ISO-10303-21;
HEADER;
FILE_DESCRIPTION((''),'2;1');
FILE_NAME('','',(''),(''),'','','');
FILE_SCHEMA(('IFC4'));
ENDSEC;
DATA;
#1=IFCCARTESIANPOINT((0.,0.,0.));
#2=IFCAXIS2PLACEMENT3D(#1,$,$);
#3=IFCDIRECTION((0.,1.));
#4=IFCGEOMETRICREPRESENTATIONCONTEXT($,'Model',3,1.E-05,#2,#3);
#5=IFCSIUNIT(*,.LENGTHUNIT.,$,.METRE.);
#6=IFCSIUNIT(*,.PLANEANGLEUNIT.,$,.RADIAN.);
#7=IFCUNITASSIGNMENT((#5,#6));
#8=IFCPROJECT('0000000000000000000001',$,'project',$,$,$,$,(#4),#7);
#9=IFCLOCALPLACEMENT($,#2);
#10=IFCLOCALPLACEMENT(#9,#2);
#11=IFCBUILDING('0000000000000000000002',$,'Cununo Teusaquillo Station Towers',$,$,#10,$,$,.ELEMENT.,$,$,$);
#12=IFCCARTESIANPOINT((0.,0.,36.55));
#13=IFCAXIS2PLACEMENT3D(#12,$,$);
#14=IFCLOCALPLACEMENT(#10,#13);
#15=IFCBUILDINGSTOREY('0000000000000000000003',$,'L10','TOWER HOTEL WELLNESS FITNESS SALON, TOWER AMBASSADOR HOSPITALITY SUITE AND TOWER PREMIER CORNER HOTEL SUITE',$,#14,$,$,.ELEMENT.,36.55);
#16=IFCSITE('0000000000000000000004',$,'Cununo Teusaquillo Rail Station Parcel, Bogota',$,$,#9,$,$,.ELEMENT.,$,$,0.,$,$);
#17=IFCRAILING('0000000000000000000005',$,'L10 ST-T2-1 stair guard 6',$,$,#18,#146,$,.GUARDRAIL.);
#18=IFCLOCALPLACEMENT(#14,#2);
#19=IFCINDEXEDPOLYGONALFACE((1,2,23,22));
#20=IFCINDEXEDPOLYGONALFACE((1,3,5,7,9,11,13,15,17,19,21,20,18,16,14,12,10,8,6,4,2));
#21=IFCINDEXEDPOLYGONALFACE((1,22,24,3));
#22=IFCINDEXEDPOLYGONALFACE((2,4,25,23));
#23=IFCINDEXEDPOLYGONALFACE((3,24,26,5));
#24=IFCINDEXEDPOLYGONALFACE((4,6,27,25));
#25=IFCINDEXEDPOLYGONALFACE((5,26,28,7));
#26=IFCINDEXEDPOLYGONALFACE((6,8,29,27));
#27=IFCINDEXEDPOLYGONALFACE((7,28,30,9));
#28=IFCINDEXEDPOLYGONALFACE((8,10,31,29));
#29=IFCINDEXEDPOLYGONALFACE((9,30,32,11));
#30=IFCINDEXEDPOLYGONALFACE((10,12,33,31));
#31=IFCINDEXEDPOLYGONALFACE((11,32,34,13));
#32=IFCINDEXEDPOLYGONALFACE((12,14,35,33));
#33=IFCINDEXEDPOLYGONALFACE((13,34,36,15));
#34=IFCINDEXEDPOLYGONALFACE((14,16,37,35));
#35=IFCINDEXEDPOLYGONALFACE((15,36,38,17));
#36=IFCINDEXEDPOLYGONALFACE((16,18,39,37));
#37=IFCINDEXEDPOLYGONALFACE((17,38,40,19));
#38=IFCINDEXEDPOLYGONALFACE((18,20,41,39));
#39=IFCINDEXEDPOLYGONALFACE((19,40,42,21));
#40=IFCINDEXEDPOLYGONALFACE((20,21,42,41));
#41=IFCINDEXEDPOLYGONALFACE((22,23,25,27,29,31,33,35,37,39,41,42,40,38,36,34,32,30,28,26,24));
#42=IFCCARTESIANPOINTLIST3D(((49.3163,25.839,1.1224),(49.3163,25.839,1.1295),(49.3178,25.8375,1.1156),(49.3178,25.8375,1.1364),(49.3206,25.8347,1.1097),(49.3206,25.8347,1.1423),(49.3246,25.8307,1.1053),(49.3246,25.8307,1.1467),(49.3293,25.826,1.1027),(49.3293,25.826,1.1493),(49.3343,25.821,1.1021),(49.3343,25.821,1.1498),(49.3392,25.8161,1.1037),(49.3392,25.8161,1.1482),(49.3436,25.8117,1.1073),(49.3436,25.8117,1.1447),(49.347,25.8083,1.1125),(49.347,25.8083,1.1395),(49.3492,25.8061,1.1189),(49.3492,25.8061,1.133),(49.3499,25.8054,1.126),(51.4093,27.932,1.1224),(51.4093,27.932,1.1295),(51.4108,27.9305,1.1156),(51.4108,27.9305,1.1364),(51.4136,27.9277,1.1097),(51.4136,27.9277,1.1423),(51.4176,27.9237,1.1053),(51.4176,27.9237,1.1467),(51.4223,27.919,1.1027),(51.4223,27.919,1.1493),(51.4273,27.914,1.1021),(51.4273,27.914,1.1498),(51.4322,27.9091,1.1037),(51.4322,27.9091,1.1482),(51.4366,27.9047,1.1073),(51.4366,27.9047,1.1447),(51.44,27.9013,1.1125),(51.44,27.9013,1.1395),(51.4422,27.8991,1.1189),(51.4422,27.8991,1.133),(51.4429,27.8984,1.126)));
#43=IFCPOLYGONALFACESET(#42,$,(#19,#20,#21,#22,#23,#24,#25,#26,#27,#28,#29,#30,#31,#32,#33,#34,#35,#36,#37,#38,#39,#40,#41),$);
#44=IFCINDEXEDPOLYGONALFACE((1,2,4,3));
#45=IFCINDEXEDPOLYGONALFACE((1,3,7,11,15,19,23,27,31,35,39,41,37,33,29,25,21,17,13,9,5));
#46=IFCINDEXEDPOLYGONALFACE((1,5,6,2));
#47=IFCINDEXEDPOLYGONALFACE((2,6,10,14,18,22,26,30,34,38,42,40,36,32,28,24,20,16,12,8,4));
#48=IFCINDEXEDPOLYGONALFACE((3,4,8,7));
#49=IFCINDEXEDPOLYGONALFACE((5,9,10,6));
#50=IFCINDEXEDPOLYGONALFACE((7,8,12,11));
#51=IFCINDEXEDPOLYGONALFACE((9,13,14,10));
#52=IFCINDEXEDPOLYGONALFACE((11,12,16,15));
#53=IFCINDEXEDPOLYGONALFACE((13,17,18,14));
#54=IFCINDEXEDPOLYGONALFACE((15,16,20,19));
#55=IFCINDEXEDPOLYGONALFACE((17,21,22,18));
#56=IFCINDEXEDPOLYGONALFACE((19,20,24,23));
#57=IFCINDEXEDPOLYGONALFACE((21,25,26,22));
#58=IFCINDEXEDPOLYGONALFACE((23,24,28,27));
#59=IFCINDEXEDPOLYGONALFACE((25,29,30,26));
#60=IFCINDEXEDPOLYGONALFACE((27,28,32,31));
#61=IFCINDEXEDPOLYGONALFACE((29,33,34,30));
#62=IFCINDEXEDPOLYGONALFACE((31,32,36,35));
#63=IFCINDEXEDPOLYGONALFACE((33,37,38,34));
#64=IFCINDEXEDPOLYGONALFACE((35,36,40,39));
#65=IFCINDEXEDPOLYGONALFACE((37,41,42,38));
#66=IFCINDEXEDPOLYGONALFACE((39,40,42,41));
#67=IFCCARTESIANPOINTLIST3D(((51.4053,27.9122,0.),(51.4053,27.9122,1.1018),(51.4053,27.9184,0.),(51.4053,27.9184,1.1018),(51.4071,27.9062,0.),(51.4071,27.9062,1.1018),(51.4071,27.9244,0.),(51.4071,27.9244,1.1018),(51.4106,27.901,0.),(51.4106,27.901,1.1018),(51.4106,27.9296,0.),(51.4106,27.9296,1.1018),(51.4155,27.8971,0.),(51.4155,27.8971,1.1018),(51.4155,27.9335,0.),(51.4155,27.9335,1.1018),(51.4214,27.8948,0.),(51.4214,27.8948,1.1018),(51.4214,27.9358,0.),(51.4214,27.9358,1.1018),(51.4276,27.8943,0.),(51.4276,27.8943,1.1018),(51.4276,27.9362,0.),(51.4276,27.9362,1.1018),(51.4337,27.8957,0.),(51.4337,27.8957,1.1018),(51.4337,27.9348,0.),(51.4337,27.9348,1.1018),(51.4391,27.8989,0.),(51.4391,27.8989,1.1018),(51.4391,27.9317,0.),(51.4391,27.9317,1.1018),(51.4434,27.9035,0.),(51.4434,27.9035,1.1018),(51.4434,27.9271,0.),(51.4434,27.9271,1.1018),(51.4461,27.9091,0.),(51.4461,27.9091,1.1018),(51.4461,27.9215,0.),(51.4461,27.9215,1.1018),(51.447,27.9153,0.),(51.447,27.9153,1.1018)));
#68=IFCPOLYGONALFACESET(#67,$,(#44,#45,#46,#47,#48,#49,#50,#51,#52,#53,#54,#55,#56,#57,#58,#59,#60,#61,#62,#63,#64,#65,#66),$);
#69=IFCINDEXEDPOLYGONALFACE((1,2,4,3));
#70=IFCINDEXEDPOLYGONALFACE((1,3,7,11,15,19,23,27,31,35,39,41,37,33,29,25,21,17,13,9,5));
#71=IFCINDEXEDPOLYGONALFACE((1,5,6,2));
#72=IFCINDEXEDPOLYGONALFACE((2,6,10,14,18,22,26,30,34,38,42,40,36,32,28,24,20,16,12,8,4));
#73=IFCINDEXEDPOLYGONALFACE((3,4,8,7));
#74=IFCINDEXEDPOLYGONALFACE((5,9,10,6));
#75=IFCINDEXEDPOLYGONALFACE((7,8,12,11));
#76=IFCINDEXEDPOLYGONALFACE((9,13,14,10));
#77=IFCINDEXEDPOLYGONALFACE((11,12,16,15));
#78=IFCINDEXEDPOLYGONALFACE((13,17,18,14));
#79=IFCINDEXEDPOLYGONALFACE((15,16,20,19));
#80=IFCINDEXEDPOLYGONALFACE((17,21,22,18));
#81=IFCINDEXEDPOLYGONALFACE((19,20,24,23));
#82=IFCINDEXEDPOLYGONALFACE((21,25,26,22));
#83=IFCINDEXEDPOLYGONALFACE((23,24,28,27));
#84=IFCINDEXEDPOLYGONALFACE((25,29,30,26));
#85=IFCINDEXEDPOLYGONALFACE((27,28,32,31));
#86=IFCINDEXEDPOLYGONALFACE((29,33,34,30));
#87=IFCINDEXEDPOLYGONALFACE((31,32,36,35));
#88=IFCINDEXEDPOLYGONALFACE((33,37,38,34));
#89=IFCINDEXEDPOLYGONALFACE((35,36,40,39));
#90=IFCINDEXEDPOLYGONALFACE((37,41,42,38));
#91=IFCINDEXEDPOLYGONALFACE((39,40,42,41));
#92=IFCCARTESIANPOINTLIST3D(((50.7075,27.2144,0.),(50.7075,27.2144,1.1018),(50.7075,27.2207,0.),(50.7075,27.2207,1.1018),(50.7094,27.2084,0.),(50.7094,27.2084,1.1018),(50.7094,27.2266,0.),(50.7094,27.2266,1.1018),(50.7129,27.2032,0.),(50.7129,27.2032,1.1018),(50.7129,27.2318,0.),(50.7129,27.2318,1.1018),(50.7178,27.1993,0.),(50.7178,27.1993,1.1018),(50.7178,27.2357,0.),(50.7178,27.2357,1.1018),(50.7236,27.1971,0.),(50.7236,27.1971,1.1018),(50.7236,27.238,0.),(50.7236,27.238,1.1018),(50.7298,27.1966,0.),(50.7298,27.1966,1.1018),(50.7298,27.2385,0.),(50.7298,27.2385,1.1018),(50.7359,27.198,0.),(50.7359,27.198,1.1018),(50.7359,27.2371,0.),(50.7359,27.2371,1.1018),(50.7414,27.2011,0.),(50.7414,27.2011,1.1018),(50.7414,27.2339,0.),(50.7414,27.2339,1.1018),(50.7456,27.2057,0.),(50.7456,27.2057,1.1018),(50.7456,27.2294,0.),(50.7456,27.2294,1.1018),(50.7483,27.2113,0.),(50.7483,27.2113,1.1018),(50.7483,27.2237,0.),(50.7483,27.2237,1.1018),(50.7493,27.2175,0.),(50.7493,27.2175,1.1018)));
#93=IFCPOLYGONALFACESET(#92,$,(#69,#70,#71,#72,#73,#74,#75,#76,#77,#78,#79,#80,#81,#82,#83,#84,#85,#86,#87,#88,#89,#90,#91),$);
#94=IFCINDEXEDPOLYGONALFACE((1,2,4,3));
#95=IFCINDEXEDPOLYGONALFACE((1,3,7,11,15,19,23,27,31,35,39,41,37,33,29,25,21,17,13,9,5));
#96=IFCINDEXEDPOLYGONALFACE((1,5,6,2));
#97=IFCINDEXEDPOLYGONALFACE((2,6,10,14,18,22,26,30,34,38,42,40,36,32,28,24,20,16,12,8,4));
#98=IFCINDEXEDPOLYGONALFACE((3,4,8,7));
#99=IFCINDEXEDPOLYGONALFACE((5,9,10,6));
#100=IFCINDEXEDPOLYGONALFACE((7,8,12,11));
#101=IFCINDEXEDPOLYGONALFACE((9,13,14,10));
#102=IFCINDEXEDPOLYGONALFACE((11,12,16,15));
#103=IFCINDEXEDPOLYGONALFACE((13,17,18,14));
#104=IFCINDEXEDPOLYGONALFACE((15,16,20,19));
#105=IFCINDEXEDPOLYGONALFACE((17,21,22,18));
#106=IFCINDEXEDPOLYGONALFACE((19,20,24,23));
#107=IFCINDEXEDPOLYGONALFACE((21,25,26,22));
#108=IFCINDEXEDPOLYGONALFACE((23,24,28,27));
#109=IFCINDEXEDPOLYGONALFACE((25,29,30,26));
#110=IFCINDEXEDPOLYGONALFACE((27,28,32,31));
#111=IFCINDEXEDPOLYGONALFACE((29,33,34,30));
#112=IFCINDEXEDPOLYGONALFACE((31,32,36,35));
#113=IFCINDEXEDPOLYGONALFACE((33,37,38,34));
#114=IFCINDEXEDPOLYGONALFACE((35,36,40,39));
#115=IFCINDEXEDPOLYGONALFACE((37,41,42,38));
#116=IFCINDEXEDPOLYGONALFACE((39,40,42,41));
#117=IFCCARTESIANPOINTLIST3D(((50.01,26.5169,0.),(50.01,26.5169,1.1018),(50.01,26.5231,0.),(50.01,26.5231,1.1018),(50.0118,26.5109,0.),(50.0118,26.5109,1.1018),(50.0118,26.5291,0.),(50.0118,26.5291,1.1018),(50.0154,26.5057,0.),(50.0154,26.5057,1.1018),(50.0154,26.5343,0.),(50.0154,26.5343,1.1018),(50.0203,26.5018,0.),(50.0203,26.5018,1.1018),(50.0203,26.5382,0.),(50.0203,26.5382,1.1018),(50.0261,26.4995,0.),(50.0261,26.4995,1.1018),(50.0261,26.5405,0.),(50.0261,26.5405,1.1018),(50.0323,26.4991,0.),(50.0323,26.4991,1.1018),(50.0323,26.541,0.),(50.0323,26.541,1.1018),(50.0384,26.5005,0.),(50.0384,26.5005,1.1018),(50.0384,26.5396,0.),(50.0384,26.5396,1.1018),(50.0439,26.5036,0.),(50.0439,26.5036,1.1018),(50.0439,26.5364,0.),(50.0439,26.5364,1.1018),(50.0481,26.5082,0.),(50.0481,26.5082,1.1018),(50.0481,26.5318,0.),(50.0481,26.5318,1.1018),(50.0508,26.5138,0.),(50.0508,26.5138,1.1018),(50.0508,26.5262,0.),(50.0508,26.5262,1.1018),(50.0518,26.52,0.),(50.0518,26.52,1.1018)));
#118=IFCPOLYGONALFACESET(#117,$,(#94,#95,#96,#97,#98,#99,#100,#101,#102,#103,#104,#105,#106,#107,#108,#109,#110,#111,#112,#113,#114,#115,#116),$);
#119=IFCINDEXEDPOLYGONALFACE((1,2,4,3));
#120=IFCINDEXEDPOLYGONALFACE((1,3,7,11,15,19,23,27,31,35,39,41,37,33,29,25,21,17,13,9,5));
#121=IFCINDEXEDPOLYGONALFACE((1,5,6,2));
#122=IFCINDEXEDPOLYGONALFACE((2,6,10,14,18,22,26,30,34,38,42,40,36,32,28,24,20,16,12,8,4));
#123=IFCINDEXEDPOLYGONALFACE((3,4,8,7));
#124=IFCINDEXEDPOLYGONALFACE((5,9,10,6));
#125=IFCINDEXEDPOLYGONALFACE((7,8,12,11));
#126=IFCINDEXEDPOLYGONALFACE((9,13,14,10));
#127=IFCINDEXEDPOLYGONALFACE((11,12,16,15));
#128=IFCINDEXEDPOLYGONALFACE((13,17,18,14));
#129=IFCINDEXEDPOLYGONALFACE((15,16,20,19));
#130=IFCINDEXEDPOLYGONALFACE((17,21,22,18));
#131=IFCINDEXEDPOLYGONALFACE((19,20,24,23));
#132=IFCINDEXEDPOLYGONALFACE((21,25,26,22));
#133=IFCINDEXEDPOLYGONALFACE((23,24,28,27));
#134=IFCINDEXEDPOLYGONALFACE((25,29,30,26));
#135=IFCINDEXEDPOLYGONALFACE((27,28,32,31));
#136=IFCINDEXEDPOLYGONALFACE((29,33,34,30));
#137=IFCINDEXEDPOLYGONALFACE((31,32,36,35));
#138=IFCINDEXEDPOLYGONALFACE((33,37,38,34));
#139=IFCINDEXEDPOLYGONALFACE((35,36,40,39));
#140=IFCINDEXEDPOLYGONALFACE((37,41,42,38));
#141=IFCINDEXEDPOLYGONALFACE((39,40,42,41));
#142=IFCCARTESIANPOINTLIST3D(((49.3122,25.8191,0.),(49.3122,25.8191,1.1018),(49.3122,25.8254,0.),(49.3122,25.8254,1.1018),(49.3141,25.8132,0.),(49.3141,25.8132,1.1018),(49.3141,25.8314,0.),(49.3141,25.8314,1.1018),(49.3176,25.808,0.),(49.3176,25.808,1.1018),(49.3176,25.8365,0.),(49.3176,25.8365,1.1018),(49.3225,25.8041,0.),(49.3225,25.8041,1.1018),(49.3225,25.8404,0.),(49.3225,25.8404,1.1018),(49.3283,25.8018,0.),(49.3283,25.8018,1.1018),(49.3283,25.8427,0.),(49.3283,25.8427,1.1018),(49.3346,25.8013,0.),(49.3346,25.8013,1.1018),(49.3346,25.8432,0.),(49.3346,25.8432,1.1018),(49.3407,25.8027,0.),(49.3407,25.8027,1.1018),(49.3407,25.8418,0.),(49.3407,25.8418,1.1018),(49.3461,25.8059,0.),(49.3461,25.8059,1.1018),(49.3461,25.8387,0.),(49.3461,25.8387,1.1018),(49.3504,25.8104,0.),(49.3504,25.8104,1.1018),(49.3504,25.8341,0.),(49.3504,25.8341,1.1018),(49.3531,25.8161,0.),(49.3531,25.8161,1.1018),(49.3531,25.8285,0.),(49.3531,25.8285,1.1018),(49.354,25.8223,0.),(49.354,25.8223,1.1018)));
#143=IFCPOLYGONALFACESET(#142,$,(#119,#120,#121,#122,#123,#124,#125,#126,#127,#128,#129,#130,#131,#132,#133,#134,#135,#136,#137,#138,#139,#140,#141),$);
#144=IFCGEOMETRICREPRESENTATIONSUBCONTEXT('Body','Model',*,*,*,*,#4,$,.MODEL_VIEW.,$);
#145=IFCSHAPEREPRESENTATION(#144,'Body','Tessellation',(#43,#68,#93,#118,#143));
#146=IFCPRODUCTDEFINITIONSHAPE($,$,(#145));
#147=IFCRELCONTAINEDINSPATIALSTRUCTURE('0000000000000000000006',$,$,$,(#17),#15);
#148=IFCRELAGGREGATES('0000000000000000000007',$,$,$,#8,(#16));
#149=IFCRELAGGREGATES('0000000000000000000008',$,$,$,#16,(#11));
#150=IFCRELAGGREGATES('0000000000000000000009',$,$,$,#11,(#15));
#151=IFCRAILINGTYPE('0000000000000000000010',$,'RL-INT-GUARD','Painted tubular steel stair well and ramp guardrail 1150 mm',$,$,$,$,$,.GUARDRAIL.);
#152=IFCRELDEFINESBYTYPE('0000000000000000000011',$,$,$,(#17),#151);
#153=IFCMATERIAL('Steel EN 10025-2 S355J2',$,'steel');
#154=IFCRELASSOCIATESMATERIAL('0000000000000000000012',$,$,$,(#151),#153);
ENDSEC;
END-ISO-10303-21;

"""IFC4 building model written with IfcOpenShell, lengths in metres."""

from ifc_helpers import new_model, si_unit, direction, frame, origin, origin_2d, place, context, subcontext, project, spatial, circle, extrude, material, type_object, element, save


model = new_model("IFC4")

# Units and contexts
model_context = context("Model", 3, precision=1e-05, world=origin(), true_north=direction((0.0, 1.0)))
body_context = subcontext(model_context, "Body", "Model", "MODEL_VIEW")
ifc_project = project(units=[si_unit("LENGTHUNIT", "METRE"), si_unit("PLANEANGLEUNIT", "RADIAN")], contexts=[model_context])

# Site, building, storey
site_placement = place(None, origin())
site = spatial("IfcSite", under=ifc_project, at=site_placement, Name="Cununo Teusaquillo Rail Station Parcel, Bogota", CompositionType="ELEMENT", RefElevation=0.0)
building_placement = place(site_placement, origin())
building = spatial("IfcBuilding", under=site, at=building_placement, Name="Cununo Teusaquillo Station Towers", CompositionType="ELEMENT")
storey_placement = place(building_placement, frame((0.0, 0.0, 36.55)))
storey = spatial("IfcBuildingStorey", under=building, at=storey_placement, Name="L10", Description="TOWER HOTEL WELLNESS FITNESS SALON, TOWER AMBASSADOR HOSPITALITY SUITE AND TOWER PREMIER CORNER HOTEL SUITE", CompositionType="ELEMENT", Elevation=36.55)

# Railing
ifc_material_1 = material(Name="Steel EN 10025-2 S355J2", Category="steel")
railing_type = type_object("IfcRailingType", Name="RL-INT-GUARD", Description="Painted tubular steel stair well and ramp guardrail 1150 mm", PredefinedType="GUARDRAIL", material=ifc_material_1)
railing_1_placement = place(storey_placement, frame((51.426, 27.9153, 0.0)))
element("IfcRailing", 1, at=railing_1_placement, inside=storey, type_object=railing_type, Name="L10 ST-T2-1 stair guard 6", PredefinedType="GUARDRAIL", context=body_context, shape_type="SweptSolid", body=[
    extrude(circle(Radius=0.0239, at=origin_2d()), frame((0.0, 0.0, 1.126), z_axis=(-0.707107, -0.707107, 0.0), x_axis=(0.707107, -0.707107, 0.0)), (0.0, 0.0, 1.0), 2.96),
    extrude(circle(Radius=0.021, at=origin_2d()), origin(), (0.0, 0.0, 1.0), 1.1018),
    extrude(circle(Radius=0.021, at=origin_2d()), frame((-0.6978, -0.6978, 0.0)), (0.0, 0.0, 1.0), 1.1018),
    extrude(circle(Radius=0.021, at=origin_2d()), frame((-1.3953, -1.3953, 0.0)), (0.0, 0.0, 1.0), 1.1018),
    extrude(circle(Radius=0.021, at=origin_2d()), frame((-2.093, -2.093, 0.0)), (0.0, 0.0, 1.0), 1.1018),
])

save(model, "model.ifc")
